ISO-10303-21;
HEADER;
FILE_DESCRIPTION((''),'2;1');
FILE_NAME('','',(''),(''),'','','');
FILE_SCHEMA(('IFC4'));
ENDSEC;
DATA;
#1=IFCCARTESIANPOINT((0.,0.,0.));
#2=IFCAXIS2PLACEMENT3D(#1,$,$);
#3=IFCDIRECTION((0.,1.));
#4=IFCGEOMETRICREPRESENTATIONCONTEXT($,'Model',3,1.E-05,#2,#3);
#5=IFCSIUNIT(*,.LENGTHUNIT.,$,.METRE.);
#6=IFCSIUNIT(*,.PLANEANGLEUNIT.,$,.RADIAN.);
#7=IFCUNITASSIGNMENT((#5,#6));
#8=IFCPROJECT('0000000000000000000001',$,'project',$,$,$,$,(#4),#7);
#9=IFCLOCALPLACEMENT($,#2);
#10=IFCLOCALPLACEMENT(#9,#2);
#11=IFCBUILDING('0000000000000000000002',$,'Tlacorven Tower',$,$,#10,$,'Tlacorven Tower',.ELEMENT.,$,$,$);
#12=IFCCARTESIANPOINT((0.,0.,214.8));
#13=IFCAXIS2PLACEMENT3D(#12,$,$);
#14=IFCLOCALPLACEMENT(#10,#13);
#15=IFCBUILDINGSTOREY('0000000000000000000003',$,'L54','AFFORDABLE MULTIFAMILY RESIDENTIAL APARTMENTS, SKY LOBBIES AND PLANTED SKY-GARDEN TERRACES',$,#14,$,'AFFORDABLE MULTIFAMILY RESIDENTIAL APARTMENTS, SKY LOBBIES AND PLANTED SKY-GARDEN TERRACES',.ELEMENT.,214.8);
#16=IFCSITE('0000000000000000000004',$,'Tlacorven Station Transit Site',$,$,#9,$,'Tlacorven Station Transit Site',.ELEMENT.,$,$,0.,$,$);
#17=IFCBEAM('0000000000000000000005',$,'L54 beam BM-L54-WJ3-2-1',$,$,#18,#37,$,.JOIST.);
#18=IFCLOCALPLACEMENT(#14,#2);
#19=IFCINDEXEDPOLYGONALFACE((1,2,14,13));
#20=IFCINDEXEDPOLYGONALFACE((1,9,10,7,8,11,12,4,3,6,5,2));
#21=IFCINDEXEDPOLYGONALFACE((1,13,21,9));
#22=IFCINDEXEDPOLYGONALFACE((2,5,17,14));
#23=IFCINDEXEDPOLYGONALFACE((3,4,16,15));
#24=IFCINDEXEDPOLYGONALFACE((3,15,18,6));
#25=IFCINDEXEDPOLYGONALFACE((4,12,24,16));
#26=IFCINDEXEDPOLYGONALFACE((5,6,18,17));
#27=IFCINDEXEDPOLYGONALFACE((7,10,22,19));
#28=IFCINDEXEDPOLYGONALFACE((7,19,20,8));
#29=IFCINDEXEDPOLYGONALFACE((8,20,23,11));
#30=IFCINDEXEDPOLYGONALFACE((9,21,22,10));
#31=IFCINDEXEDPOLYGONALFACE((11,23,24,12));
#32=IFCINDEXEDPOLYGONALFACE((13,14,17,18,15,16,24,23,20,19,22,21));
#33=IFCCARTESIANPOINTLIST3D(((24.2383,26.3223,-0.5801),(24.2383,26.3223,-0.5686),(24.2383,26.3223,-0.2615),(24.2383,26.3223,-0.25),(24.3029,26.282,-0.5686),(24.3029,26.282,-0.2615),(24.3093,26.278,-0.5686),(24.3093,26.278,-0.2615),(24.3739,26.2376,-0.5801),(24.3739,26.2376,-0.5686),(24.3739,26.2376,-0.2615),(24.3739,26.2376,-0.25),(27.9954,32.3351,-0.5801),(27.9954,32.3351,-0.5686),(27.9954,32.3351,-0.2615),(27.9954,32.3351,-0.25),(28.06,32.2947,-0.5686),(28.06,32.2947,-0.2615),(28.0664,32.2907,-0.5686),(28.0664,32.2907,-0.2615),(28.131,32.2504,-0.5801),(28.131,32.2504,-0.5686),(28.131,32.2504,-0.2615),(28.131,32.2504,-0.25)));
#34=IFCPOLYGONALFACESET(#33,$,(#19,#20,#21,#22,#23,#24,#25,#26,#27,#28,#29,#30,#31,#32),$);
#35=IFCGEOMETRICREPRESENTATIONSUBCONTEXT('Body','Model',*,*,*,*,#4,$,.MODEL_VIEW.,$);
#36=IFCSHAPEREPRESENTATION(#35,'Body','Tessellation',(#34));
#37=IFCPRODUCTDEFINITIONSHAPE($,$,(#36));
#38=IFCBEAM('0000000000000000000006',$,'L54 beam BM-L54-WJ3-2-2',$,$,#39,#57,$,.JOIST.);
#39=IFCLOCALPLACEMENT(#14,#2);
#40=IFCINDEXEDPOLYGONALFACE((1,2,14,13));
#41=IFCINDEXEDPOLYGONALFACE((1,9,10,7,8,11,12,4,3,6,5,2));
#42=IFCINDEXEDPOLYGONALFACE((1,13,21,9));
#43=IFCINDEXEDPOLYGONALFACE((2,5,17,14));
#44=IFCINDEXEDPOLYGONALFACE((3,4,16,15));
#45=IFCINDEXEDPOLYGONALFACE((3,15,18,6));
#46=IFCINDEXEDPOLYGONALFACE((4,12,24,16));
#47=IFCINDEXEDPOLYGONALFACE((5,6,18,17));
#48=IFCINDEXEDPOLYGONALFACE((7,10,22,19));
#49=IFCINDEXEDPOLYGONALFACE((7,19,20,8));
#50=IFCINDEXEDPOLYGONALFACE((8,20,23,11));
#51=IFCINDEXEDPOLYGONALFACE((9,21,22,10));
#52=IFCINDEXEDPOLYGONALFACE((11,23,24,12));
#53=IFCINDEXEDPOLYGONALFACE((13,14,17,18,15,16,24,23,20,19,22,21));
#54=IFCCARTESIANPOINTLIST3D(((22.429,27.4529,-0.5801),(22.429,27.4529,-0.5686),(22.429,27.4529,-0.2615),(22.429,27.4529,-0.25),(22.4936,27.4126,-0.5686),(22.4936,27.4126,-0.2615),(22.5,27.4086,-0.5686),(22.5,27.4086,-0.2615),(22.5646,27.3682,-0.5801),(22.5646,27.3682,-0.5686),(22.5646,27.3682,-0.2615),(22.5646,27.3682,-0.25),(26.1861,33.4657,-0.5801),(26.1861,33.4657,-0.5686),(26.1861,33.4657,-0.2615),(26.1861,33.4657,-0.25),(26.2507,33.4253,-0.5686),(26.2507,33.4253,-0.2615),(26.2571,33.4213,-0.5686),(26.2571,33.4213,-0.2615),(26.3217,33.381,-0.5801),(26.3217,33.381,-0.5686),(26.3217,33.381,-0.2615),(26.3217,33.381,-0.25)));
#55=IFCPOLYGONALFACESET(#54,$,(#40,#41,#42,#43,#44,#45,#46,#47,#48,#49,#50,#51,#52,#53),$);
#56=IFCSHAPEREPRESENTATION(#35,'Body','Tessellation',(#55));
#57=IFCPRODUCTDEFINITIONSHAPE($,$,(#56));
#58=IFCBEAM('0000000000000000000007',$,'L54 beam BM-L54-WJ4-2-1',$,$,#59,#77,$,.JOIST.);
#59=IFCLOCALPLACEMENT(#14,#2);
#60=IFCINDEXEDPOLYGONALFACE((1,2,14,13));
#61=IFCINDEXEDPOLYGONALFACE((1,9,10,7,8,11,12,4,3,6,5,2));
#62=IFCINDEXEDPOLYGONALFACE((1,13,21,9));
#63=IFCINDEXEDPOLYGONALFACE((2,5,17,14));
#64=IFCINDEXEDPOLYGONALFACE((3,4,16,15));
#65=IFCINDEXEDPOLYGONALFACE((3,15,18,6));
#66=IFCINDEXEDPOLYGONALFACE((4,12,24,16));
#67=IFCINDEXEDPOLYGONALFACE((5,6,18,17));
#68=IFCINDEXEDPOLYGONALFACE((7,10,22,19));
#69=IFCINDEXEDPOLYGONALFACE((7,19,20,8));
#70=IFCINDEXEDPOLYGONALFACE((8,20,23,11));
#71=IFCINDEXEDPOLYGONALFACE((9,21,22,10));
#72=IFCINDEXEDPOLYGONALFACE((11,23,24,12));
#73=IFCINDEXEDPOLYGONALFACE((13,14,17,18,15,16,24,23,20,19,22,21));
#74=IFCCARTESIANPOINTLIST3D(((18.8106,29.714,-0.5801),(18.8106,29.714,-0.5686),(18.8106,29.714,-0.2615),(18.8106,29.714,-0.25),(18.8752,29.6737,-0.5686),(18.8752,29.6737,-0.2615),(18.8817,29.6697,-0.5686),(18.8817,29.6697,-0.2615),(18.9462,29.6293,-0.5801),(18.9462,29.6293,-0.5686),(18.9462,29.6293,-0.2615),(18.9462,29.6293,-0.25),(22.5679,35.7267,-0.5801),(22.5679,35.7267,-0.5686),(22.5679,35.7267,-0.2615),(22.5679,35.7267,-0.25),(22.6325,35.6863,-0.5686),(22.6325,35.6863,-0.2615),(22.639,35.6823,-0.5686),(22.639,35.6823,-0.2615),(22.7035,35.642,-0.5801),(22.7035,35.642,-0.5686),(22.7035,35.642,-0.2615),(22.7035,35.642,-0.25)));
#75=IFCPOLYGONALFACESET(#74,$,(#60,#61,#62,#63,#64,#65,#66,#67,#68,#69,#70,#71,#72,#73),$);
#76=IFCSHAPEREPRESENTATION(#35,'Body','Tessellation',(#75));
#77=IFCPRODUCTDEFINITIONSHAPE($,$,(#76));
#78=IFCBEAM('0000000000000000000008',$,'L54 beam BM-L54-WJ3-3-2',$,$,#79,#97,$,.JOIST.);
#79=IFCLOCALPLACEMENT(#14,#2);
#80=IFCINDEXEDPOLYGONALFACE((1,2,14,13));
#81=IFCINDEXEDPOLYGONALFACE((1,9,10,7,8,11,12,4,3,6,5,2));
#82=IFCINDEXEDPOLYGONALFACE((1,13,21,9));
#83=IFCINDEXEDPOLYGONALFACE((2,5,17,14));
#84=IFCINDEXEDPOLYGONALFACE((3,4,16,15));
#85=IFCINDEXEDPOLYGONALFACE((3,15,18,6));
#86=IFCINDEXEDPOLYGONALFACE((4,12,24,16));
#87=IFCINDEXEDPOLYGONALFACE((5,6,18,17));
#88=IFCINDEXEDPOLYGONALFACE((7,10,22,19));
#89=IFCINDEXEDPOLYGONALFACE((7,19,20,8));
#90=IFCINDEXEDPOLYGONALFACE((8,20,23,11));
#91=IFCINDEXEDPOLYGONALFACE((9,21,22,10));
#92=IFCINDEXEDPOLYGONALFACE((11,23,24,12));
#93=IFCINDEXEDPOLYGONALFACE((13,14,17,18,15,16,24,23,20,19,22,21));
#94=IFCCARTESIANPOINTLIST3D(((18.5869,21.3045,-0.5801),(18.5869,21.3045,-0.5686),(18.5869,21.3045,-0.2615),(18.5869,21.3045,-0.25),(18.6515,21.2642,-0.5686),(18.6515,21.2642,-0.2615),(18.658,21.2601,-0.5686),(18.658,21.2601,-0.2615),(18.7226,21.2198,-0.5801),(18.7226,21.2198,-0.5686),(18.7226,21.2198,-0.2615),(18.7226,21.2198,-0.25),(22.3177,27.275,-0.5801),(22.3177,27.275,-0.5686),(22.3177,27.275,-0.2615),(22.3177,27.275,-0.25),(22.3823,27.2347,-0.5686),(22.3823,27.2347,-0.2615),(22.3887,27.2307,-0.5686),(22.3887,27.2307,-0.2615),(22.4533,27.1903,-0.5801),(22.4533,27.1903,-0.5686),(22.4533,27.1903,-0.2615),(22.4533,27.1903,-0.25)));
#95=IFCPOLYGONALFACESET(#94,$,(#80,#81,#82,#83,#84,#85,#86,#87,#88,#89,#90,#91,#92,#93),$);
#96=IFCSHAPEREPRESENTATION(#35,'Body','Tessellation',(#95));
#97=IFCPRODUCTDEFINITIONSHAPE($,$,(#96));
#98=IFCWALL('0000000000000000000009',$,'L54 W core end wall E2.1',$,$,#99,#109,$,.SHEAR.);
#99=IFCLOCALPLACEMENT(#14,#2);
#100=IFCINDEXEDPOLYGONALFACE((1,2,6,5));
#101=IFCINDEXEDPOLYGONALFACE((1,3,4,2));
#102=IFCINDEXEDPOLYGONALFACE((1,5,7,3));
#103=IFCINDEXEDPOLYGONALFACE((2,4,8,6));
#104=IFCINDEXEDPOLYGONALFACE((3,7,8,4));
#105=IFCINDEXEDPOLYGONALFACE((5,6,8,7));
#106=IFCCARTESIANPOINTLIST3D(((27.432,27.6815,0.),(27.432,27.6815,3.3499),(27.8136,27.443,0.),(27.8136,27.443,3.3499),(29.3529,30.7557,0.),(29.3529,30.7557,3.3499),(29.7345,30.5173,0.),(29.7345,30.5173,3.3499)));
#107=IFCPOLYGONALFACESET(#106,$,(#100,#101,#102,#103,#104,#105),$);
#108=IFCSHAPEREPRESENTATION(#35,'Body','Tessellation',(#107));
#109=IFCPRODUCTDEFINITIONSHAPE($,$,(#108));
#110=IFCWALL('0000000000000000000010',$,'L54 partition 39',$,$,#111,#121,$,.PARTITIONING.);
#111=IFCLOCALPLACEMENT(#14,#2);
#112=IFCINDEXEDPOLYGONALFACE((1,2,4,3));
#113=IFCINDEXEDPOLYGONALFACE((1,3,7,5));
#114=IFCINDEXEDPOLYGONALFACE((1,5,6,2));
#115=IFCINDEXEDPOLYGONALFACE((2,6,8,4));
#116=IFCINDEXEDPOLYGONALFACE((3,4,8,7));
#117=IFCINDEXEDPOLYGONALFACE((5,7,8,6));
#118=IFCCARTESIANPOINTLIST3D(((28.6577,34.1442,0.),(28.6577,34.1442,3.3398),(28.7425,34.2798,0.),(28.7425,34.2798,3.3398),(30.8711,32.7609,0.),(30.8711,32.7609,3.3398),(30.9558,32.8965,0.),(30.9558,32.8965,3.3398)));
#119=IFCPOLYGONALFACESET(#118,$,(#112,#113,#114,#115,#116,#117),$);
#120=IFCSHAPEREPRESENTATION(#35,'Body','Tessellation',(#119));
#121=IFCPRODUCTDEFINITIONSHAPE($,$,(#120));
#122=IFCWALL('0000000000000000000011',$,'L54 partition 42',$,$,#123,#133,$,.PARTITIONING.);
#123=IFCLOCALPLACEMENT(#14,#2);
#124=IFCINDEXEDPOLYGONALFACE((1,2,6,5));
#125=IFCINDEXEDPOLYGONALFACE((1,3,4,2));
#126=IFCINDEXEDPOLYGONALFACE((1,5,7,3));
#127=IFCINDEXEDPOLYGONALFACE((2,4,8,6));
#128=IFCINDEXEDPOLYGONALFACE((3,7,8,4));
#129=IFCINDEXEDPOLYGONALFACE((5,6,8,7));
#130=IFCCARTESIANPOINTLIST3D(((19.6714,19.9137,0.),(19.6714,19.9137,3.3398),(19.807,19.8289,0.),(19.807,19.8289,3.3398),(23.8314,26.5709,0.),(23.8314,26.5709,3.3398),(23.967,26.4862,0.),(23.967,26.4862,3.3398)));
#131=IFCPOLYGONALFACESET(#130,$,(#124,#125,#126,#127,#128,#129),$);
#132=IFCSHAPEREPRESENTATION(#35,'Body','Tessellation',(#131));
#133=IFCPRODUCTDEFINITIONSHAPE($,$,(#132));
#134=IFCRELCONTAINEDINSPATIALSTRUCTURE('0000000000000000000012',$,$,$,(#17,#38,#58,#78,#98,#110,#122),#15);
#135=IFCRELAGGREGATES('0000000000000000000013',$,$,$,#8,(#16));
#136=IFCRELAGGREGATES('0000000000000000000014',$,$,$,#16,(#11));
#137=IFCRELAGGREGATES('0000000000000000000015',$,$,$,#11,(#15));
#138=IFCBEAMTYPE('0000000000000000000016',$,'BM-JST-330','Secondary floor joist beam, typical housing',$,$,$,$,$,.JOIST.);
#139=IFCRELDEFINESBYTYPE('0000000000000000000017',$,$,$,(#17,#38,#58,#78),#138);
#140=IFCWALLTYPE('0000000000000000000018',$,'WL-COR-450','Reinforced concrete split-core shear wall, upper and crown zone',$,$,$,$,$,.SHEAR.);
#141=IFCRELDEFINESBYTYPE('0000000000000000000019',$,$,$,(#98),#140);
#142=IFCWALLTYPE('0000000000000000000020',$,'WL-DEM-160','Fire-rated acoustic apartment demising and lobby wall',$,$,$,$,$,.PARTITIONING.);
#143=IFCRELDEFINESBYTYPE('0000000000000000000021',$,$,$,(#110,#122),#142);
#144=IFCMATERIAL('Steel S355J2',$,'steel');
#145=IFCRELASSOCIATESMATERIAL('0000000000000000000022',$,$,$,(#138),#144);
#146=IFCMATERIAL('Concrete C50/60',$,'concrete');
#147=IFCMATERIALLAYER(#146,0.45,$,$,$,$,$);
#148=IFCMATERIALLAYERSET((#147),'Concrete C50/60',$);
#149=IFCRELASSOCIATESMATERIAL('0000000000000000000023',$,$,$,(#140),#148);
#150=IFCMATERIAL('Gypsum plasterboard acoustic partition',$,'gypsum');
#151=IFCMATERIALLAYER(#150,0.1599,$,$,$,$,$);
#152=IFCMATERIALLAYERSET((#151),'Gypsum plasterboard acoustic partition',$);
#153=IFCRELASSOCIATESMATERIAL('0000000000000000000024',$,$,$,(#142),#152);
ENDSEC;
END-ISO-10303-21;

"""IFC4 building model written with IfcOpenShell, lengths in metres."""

from ifc_helpers import new_model, si_unit, direction, frame, frame_2d, origin, origin_2d, place, context, subcontext, project, spatial, rectangle, i_section, extrude, source, transform, mapped, material, layer, layer_set, material_profile, profile_set, type_object, element, save


model = new_model("IFC4")

# Units and contexts
model_context = context("Model", 3, precision=1e-05, world=origin(), true_north=direction((0.0, 1.0)))
body_context = subcontext(model_context, "Body", "Model", "MODEL_VIEW")
ifc_project = project(units=[si_unit("LENGTHUNIT", "METRE"), si_unit("PLANEANGLEUNIT", "RADIAN")], contexts=[model_context])

# Site, building, storey
site_placement = place(None, origin())
site = spatial("IfcSite", under=ifc_project, at=site_placement, Name="Tlacorven Station Transit Site", LongName="Tlacorven Station Transit Site", CompositionType="ELEMENT", RefElevation=0.0)
building_placement = place(site_placement, origin())
building = spatial("IfcBuilding", under=site, at=building_placement, Name="Tlacorven Tower", LongName="Tlacorven Tower", CompositionType="ELEMENT")
storey_placement = place(building_placement, frame((0.0, 0.0, 214.8)))
storey = spatial("IfcBuildingStorey", under=building, at=storey_placement, Name="L54", Description="AFFORDABLE MULTIFAMILY RESIDENTIAL APARTMENTS, SKY LOBBIES AND PLANTED SKY-GARDEN TERRACES", LongName="AFFORDABLE MULTIFAMILY RESIDENTIAL APARTMENTS, SKY LOBBIES AND PLANTED SKY-GARDEN TERRACES", CompositionType="ELEMENT", Elevation=214.8)

# Beams
ifc_material_1 = material(Name="Steel S355J2", Category="steel")
ifc_material_profile_1 = material_profile(ifc_material_1, i_section(OverallWidth=0.1599, OverallDepth=0.3301, WebThickness=0.0076, FlangeThickness=0.0115, at=origin_2d()), Name="IPE 330")
ifc_profile_set_1 = profile_set([ifc_material_profile_1], Name="Steel S355J2")
beam_type_1 = type_object("IfcBeamType", Name="BM-JST-330", Description="Secondary floor joist beam, typical housing", PredefinedType="JOIST", material=ifc_profile_set_1)
shared_shape_1 = source(origin(), body_context, "Body", "SweptSolid", [
    extrude(i_section(OverallWidth=0.1599, OverallDepth=0.3301, WebThickness=0.0076, FlangeThickness=0.0115, at=origin_2d()), origin(), (0.0, 0.0, 1.0), 7.0901),
])
for number, where, z_axis, x_axis, name in (
    (1, (28.0632, 32.2927, -0.415), (-0.529912, -0.848052, 0.0), (0.848052, -0.529912, 0.0), "L54 beam BM-L54-WJ3-2-1"),
    (2, (26.2539, 33.4233, -0.415), (-0.529912, -0.848052, 0.0), (0.848052, -0.529912, 0.0), "L54 beam BM-L54-WJ3-2-2"),
    (3, (22.6357, 35.6843, -0.415), (-0.529937, -0.848037, 0.0), (0.848037, -0.529937, 0.0), "L54 beam BM-L54-WJ4-2-1"),
):
    element("IfcBeam", number, at=place(storey_placement, frame(where, z_axis=z_axis, x_axis=x_axis)), inside=storey, type_object=beam_type_1, Name=name, PredefinedType="JOIST", context=body_context, shape_type="MappedRepresentation", body=[
        mapped(shared_shape_1, transform((0.0, 0.0, 0.0), scale=1.0)),
    ])
shared_shape_2 = source(origin(), body_context, "Body", "SweptSolid", [
    extrude(i_section(OverallWidth=0.1599, OverallDepth=0.3301, WebThickness=0.0076, FlangeThickness=0.0115, at=origin_2d()), origin(), (0.0, 0.0, 1.0), 7.0403),
])
beam_1_placement = place(storey_placement, frame((22.3855, 27.2327, -0.415), z_axis=(-0.529915, -0.848051, 0.0), x_axis=(0.848051, -0.529915, 0.0)))
element("IfcBeam", 4, at=beam_1_placement, inside=storey, type_object=beam_type_1, Name="L54 beam BM-L54-WJ3-3-2", PredefinedType="JOIST", context=body_context, shape_type="MappedRepresentation", body=[
    mapped(shared_shape_2, transform((0.0, 0.0, 0.0), scale=1.0)),
])

# Walls
ifc_material_2 = material(Name="Concrete C50/60", Category="concrete")
ifc_layer_1 = layer(ifc_material_2, 0.45)
ifc_layer_set_1 = layer_set([ifc_layer_1], Name="Concrete C50/60")
wall_type_1 = type_object("IfcWallType", Name="WL-COR-450", Description="Reinforced concrete split-core shear wall, upper and crown zone", PredefinedType="SHEAR", material=ifc_layer_set_1)
wall_1_placement = place(storey_placement, frame((29.5437, 30.6365, 0.0), z_axis=(0.0, 0.0, 1.0), x_axis=(-0.529902, -0.848059, 0.0)))
element("IfcWall", 5, at=wall_1_placement, inside=storey, type_object=wall_type_1, Name="L54 W core end wall E2.1", PredefinedType="SHEAR", context=body_context, shape_type="SweptSolid", body=[
    extrude(rectangle(XDim=3.625, YDim=0.45, at=frame_2d((1.8125, 0.0))), origin(), (0.0, 0.0, 1.0), 3.3499),
])
ifc_material_3 = material(Name="Gypsum plasterboard acoustic partition", Category="gypsum")
ifc_layer_2 = layer(ifc_material_3, 0.1599)
ifc_layer_set_2 = layer_set([ifc_layer_2], Name="Gypsum plasterboard acoustic partition")
wall_type_2 = type_object("IfcWallType", Name="WL-DEM-160", Description="Fire-rated acoustic apartment demising and lobby wall", PredefinedType="PARTITIONING", material=ifc_layer_set_2)
wall_2_placement = place(storey_placement, frame((30.9136, 32.8286, 0.0), z_axis=(0.0, 0.0, 1.0), x_axis=(-0.848009, 0.529982, 0.0)))
element("IfcWall", 6, at=wall_2_placement, inside=storey, type_object=wall_type_2, Name="L54 partition 39", PredefinedType="PARTITIONING", context=body_context, shape_type="SweptSolid", body=[
    extrude(rectangle(XDim=2.6101, YDim=0.1599, at=frame_2d((1.3052, 0.0))), origin(), (0.0, 0.0, 1.0), 3.3398),
])
wall_3_placement = place(storey_placement, frame((23.8992, 26.5286, 0.0), z_axis=(0.0, 0.0, 1.0), x_axis=(-0.529921, -0.848047, 0.0)))
element("IfcWall", 7, at=wall_3_placement, inside=storey, type_object=wall_type_2, Name="L54 partition 42", PredefinedType="PARTITIONING", context=body_context, shape_type="SweptSolid", body=[
    extrude(rectangle(XDim=7.8501, YDim=0.1599, at=frame_2d((3.925, 0.0))), origin(), (0.0, 0.0, 1.0), 3.3398),
])

save(model, "model.ifc")
